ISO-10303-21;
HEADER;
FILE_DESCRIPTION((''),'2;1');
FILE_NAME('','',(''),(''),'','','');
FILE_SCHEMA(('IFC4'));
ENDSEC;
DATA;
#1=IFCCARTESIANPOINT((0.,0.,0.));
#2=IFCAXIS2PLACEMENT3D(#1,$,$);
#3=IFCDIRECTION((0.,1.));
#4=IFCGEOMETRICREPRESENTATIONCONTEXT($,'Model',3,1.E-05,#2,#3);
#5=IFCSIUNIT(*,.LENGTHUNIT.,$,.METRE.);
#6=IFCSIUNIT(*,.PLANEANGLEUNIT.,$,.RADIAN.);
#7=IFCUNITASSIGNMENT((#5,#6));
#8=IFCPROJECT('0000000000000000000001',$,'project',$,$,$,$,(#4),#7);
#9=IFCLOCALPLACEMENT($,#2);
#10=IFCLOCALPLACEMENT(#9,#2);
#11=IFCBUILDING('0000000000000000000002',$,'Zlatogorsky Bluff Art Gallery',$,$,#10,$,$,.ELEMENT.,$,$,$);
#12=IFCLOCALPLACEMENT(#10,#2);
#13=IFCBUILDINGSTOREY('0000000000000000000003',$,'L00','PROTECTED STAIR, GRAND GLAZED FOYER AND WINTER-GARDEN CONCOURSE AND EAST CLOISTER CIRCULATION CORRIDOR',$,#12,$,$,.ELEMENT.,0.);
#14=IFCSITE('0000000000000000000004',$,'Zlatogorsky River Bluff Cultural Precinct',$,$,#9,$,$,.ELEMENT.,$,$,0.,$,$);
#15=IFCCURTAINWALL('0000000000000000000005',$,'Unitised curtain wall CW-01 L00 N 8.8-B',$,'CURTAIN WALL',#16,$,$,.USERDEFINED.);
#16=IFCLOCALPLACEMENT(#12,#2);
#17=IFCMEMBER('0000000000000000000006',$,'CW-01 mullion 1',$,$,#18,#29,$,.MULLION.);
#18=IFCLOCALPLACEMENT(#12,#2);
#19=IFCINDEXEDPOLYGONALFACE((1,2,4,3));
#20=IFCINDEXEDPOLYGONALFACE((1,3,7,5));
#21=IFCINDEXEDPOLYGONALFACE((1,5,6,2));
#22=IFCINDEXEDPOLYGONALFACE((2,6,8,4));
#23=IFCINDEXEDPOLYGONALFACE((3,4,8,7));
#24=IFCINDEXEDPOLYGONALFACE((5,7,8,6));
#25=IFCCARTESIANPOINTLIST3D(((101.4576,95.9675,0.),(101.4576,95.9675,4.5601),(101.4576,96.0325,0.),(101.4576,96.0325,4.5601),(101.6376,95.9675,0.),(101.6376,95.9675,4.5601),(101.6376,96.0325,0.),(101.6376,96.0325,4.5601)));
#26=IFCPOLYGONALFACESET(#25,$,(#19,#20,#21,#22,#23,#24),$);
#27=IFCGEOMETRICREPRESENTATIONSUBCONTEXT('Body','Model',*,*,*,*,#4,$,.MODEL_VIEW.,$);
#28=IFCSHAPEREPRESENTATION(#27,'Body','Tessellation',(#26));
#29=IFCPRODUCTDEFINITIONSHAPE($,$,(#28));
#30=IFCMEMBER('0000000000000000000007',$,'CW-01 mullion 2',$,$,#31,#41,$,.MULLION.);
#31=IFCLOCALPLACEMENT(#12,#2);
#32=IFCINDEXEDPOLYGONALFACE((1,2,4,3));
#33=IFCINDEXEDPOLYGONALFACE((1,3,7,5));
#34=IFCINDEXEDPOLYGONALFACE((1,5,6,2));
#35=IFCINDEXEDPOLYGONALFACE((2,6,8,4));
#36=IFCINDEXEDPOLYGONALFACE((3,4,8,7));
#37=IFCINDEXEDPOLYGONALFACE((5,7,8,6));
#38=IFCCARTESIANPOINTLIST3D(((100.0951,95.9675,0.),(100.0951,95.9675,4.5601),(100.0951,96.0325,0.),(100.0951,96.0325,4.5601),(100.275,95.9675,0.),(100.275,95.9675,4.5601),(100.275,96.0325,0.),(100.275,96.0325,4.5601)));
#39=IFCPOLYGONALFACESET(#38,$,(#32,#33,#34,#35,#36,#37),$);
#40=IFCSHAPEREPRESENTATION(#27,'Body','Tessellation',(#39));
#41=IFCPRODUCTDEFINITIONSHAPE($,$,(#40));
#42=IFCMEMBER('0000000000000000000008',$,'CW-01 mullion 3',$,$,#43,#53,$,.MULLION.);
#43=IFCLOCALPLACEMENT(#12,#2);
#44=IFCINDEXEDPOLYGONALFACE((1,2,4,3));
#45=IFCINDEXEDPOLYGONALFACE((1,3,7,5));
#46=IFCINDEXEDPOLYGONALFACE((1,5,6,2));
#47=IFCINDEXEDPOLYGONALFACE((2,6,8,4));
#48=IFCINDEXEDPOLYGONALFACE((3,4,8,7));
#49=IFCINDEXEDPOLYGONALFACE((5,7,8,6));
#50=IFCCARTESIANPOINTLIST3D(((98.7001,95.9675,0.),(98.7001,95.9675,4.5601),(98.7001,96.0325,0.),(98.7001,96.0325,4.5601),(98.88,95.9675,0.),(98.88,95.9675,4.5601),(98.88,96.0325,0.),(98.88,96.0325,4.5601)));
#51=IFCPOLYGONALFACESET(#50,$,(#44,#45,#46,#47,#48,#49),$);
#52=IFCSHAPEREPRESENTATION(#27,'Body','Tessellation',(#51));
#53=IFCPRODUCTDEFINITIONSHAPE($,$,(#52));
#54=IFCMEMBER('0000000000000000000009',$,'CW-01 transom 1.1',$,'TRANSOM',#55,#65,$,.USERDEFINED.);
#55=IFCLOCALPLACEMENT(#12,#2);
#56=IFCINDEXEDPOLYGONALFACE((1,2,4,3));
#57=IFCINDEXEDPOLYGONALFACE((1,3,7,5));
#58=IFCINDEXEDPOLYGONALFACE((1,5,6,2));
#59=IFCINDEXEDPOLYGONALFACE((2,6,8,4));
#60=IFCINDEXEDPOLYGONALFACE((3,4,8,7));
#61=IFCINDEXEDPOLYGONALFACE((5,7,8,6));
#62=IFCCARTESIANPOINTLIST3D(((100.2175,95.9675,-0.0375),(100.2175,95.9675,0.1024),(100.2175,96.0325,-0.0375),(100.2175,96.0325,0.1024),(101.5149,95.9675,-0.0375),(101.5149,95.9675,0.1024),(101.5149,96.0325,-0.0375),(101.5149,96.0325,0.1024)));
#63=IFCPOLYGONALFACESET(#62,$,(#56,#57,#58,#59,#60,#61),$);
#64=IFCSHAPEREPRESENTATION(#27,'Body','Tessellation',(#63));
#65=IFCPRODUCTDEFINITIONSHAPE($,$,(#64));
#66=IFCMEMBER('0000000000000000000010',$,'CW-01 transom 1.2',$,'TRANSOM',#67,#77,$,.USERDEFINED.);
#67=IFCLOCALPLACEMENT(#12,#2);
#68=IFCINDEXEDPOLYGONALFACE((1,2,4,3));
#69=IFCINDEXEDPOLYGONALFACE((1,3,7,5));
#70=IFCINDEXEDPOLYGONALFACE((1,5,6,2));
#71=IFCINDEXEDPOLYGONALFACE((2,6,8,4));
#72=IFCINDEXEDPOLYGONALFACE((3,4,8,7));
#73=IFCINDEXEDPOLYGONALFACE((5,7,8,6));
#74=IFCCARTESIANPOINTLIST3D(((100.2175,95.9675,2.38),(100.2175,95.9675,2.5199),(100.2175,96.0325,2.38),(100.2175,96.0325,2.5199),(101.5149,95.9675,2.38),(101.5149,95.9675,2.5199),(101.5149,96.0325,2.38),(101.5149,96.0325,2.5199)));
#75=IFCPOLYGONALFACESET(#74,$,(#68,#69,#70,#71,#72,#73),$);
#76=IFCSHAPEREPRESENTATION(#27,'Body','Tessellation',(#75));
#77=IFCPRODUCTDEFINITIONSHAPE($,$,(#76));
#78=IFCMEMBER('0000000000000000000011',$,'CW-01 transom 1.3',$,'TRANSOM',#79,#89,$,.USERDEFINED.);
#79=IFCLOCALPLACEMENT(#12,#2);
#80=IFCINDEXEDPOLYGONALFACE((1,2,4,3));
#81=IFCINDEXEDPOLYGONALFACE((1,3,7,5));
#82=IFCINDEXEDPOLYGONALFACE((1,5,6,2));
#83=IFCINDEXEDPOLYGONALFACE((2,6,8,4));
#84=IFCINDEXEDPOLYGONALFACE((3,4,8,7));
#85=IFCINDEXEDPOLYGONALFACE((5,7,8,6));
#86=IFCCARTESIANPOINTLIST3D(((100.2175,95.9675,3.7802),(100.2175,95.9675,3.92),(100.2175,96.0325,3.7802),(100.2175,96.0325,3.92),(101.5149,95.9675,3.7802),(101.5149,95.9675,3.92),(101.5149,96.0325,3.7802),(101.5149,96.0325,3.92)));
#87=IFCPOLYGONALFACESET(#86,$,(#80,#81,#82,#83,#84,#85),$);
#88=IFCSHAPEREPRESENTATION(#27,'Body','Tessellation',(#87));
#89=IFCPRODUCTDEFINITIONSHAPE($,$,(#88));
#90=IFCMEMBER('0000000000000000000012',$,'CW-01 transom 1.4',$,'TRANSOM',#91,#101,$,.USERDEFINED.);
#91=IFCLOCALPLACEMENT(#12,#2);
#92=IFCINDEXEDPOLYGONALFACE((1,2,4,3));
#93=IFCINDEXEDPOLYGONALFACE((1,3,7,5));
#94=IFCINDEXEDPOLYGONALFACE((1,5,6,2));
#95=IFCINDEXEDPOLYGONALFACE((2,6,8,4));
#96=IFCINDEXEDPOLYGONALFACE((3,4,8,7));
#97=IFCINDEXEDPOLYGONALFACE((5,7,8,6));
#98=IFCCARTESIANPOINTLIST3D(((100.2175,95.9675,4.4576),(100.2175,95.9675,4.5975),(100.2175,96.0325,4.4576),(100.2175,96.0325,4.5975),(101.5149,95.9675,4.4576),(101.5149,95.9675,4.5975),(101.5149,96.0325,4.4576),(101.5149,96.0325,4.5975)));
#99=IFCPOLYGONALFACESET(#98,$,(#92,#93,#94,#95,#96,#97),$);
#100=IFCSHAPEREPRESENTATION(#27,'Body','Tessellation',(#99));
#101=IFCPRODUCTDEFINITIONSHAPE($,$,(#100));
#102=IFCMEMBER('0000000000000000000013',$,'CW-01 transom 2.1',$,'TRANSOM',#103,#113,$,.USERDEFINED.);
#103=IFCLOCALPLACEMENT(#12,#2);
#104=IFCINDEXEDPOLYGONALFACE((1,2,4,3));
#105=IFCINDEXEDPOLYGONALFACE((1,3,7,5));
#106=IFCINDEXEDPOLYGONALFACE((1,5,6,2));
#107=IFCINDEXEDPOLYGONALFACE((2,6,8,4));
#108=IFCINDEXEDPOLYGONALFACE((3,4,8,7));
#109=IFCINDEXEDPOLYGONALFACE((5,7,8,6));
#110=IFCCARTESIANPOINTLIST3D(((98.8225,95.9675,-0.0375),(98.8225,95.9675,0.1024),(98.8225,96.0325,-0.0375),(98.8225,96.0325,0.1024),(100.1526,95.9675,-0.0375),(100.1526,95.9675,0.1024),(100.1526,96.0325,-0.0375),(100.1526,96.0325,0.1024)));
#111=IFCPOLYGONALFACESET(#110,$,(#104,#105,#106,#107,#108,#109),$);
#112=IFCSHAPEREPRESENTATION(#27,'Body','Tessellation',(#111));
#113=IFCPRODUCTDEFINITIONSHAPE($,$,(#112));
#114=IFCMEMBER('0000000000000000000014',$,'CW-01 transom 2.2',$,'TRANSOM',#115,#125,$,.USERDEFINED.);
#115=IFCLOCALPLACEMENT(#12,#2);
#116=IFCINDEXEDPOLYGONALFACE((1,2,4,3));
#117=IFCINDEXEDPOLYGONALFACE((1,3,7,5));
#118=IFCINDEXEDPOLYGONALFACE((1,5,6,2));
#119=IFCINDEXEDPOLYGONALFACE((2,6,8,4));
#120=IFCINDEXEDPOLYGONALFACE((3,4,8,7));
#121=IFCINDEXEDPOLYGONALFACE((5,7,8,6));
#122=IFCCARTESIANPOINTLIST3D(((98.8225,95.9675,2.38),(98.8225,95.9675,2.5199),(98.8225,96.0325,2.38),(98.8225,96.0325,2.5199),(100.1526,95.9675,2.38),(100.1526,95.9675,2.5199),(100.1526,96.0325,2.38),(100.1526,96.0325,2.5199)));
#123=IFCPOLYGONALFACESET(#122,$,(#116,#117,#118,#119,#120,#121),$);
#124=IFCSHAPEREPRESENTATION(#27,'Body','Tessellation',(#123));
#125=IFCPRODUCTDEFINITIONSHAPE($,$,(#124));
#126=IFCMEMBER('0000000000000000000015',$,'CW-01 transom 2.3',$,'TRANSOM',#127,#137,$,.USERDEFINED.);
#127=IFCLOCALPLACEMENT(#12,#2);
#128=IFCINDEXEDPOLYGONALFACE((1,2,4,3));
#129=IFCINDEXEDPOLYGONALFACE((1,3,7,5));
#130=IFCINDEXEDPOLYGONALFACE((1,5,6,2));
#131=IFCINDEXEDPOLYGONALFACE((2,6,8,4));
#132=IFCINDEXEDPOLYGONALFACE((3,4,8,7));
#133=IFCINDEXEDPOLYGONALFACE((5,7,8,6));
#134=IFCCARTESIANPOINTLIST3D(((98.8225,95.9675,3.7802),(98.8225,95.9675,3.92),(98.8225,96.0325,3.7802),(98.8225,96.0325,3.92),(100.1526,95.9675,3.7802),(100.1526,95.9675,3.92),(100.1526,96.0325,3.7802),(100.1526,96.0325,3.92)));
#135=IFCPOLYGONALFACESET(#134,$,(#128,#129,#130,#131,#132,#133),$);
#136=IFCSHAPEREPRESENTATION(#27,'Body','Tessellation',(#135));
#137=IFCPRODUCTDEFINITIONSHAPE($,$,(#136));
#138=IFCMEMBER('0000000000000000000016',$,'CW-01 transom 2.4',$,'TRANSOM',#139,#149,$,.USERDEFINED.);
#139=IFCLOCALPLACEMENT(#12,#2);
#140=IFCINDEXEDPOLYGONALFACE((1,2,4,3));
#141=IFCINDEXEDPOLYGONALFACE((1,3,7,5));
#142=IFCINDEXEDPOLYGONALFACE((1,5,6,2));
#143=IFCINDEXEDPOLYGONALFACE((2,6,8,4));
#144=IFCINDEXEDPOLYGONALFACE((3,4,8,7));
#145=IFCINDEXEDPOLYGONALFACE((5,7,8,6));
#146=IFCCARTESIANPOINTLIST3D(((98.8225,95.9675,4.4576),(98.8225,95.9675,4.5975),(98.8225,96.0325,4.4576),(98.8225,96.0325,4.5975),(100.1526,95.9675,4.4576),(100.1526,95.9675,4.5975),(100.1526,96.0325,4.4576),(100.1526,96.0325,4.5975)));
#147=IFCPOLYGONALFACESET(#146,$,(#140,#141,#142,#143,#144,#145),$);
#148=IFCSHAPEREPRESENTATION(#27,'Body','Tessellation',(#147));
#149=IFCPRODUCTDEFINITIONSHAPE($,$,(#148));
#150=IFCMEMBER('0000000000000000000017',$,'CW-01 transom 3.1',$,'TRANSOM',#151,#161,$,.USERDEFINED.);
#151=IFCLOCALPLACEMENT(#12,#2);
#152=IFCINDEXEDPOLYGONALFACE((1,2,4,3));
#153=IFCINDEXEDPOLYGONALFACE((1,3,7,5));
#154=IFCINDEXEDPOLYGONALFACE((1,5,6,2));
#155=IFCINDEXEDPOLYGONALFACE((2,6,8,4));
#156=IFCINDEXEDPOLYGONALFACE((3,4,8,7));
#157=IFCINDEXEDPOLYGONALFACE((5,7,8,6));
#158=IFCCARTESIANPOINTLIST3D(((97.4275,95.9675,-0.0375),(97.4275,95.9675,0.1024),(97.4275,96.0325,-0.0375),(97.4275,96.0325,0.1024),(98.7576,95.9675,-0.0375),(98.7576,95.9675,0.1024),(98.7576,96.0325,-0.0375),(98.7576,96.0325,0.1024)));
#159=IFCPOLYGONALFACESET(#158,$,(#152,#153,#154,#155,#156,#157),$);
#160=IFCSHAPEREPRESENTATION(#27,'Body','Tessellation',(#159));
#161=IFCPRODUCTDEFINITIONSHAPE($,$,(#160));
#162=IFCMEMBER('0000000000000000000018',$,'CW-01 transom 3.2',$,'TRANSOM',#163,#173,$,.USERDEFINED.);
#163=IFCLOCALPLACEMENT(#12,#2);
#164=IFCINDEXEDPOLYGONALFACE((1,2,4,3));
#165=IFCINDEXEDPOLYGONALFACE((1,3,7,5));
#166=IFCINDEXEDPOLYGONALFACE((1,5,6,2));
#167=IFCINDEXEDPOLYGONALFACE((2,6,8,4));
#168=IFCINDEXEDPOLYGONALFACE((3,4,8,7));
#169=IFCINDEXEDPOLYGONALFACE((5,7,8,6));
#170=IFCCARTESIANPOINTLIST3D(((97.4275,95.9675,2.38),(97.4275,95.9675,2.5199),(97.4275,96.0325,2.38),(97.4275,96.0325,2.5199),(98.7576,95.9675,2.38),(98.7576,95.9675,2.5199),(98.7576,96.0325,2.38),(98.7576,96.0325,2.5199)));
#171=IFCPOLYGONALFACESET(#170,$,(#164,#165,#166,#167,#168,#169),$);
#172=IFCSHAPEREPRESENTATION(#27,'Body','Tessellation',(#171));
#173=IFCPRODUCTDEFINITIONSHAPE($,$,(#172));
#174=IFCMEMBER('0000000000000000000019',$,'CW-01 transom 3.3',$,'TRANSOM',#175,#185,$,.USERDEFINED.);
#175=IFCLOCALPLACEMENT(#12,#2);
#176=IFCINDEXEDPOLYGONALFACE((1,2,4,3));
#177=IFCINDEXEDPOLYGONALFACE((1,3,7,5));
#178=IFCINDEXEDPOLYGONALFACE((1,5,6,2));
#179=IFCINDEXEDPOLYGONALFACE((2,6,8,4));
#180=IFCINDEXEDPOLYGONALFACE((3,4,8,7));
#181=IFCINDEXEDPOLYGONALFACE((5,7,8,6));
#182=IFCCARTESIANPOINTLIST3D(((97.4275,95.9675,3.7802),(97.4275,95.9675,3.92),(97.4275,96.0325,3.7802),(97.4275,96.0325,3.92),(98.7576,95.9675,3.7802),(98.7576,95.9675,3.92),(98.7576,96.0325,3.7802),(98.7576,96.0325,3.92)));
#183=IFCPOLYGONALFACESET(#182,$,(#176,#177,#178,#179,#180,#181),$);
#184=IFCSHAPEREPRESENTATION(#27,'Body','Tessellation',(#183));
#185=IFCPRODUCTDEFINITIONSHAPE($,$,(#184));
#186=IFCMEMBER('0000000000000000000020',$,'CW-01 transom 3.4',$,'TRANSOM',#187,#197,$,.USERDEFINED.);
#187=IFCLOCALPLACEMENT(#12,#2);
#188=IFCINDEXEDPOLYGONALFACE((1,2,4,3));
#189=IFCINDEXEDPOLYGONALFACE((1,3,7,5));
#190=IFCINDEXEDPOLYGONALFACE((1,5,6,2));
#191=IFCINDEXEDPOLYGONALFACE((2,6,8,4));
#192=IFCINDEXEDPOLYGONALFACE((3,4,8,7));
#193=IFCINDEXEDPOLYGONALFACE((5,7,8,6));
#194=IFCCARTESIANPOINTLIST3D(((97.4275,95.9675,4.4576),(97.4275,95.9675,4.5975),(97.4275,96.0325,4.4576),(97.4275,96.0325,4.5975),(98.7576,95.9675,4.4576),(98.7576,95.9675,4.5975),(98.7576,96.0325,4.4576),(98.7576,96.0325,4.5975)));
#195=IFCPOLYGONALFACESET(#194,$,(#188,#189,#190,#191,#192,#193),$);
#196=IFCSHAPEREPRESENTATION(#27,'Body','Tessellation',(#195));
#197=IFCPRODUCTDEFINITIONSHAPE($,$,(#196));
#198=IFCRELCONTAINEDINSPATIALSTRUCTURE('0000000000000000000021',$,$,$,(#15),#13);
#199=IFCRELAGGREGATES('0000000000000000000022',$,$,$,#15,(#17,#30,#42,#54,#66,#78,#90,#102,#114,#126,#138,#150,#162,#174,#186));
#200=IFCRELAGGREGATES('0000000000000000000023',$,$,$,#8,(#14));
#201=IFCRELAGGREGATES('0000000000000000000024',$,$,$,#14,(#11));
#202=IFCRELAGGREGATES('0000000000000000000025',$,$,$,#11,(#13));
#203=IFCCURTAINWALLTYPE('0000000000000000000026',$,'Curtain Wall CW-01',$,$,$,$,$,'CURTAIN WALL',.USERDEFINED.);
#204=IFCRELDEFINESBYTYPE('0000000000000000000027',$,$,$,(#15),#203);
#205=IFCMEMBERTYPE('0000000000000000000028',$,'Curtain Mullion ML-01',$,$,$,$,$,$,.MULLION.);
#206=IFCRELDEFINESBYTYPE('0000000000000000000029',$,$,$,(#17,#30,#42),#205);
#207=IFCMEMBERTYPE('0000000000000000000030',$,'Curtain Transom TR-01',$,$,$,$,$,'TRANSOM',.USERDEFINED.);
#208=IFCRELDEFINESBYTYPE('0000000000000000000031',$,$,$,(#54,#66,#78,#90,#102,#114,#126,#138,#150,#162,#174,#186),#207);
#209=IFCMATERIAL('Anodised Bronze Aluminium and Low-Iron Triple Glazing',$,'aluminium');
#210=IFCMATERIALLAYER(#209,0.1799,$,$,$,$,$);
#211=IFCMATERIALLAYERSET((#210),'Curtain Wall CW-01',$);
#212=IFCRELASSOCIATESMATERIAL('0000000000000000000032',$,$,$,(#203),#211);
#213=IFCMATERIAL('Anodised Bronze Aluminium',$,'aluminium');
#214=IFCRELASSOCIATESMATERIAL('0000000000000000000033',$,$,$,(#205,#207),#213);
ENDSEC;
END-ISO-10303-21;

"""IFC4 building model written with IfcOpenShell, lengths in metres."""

from ifc_helpers import new_model, si_unit, direction, frame, origin, origin_2d, place, context, subcontext, project, spatial, rectangle, extrude, material, layer, layer_set, material_profile, profile_set, type_object, element, aggregate, save


model = new_model("IFC4")

# Units and contexts
model_context = context("Model", 3, precision=1e-05, world=origin(), true_north=direction((0.0, 1.0)))
body_context = subcontext(model_context, "Body", "Model", "MODEL_VIEW")
ifc_project = project(units=[si_unit("LENGTHUNIT", "METRE"), si_unit("PLANEANGLEUNIT", "RADIAN")], contexts=[model_context])

# Site, building, storey
site_placement = place(None, origin())
site = spatial("IfcSite", under=ifc_project, at=site_placement, Name="Zlatogorsky River Bluff Cultural Precinct", CompositionType="ELEMENT", RefElevation=0.0)
building_placement = place(site_placement, origin())
building = spatial("IfcBuilding", under=site, at=building_placement, Name="Zlatogorsky Bluff Art Gallery", CompositionType="ELEMENT")
storey_placement = place(building_placement, origin())
storey = spatial("IfcBuildingStorey", under=building, at=storey_placement, Name="L00", Description="PROTECTED STAIR, GRAND GLAZED FOYER AND WINTER-GARDEN CONCOURSE AND EAST CLOISTER CIRCULATION CORRIDOR", CompositionType="ELEMENT", Elevation=0.0)

# Curtain wall, members
ifc_material_1 = material(Name="Anodised Bronze Aluminium and Low-Iron Triple Glazing", Category="aluminium")
ifc_layer_1 = layer(ifc_material_1, 0.1799)
ifc_layer_set_1 = layer_set([ifc_layer_1], Name="Curtain Wall CW-01")
curtain_wall_type = type_object("IfcCurtainWallType", Name="Curtain Wall CW-01", ElementType="CURTAIN WALL", PredefinedType="USERDEFINED", material=ifc_layer_set_1)
curtain_wall_placement = place(storey_placement, origin())
curtain_wall = element("IfcCurtainWall", 1, at=curtain_wall_placement, inside=storey, type_object=curtain_wall_type, Name="Unitised curtain wall CW-01 L00 N 8.8-B", ObjectType="CURTAIN WALL", PredefinedType="USERDEFINED")
ifc_material_2 = material(Name="Anodised Bronze Aluminium", Category="aluminium")
ifc_material_profile_1 = material_profile(ifc_material_2, rectangle(XDim=0.0649, YDim=0.1799, at=origin_2d()), Name="ALU MULLION 65x180")
ifc_profile_set_1 = profile_set([ifc_material_profile_1], Name="Anodised Bronze Aluminium")
member_type_1 = type_object("IfcMemberType", Name="Curtain Mullion ML-01", PredefinedType="MULLION", material=ifc_profile_set_1)
member_1_placement = place(storey_placement, frame((101.5476, 96.0, 0.0), z_axis=(0.0, 0.0, 1.0), x_axis=(0.0, -1.0, 0.0)))
member_1 = element("IfcMember", 2, at=member_1_placement, type_object=member_type_1, Name="CW-01 mullion 1", PredefinedType="MULLION", context=body_context, shape_type="SweptSolid", body=[
    extrude(rectangle(XDim=0.0649, YDim=0.1799, at=origin_2d()), origin(), (0.0, 0.0, 1.0), 4.5601),
])
member_2_placement = place(storey_placement, frame((100.1851, 96.0, 0.0), z_axis=(0.0, 0.0, 1.0), x_axis=(0.0, -1.0, 0.0)))
member_2 = element("IfcMember", 3, at=member_2_placement, type_object=member_type_1, Name="CW-01 mullion 2", PredefinedType="MULLION", context=body_context, shape_type="SweptSolid", body=[
    extrude(rectangle(XDim=0.0649, YDim=0.1799, at=origin_2d()), origin(), (0.0, 0.0, 1.0), 4.5601),
])
member_3_placement = place(storey_placement, frame((98.79, 96.0, 0.0), z_axis=(0.0, 0.0, 1.0), x_axis=(0.0, -1.0, 0.0)))
member_3 = element("IfcMember", 4, at=member_3_placement, type_object=member_type_1, Name="CW-01 mullion 3", PredefinedType="MULLION", context=body_context, shape_type="SweptSolid", body=[
    extrude(rectangle(XDim=0.0649, YDim=0.1799, at=origin_2d()), origin(), (0.0, 0.0, 1.0), 4.5601),
])
ifc_material_profile_2 = material_profile(ifc_material_2, rectangle(XDim=0.0649, YDim=0.1399, at=origin_2d()), Name="ALU TRANSOM 65x140")
ifc_profile_set_2 = profile_set([ifc_material_profile_2], Name="Anodised Bronze Aluminium")
member_type_2 = type_object("IfcMemberType", Name="Curtain Transom TR-01", ElementType="TRANSOM", PredefinedType="USERDEFINED", material=ifc_profile_set_2)
member_4_placement = place(storey_placement, frame((101.5149, 96.0, 0.0325), z_axis=(-1.0, 0.0, 0.0), x_axis=(0.0, -1.0, 0.0)))
member_4 = element("IfcMember", 5, at=member_4_placement, type_object=member_type_2, Name="CW-01 transom 1.1", ObjectType="TRANSOM", PredefinedType="USERDEFINED", context=body_context, shape_type="SweptSolid", body=[
    extrude(rectangle(XDim=0.0649, YDim=0.1399, at=origin_2d()), origin(), (0.0, 0.0, 1.0), 1.2974),
])
member_5_placement = place(storey_placement, frame((101.5149, 96.0, 2.45), z_axis=(-1.0, 0.0, 0.0), x_axis=(0.0, -1.0, 0.0)))
member_5 = element("IfcMember", 6, at=member_5_placement, type_object=member_type_2, Name="CW-01 transom 1.2", ObjectType="TRANSOM", PredefinedType="USERDEFINED", context=body_context, shape_type="SweptSolid", body=[
    extrude(rectangle(XDim=0.0649, YDim=0.1399, at=origin_2d()), origin(), (0.0, 0.0, 1.0), 1.2974),
])
member_6_placement = place(storey_placement, frame((101.5149, 96.0, 3.8501), z_axis=(-1.0, 0.0, 0.0), x_axis=(0.0, -1.0, 0.0)))
member_6 = element("IfcMember", 7, at=member_6_placement, type_object=member_type_2, Name="CW-01 transom 1.3", ObjectType="TRANSOM", PredefinedType="USERDEFINED", context=body_context, shape_type="SweptSolid", body=[
    extrude(rectangle(XDim=0.0649, YDim=0.1399, at=origin_2d()), origin(), (0.0, 0.0, 1.0), 1.2974),
])
member_7_placement = place(storey_placement, frame((101.5149, 96.0, 4.5276), z_axis=(-1.0, 0.0, 0.0), x_axis=(0.0, -1.0, 0.0)))
member_7 = element("IfcMember", 8, at=member_7_placement, type_object=member_type_2, Name="CW-01 transom 1.4", ObjectType="TRANSOM", PredefinedType="USERDEFINED", context=body_context, shape_type="SweptSolid", body=[
    extrude(rectangle(XDim=0.0649, YDim=0.1399, at=origin_2d()), origin(), (0.0, 0.0, 1.0), 1.2974),
])
member_8_placement = place(storey_placement, frame((100.1526, 96.0, 0.0325), z_axis=(-1.0, 0.0, 0.0), x_axis=(0.0, -1.0, 0.0)))
member_8 = element("IfcMember", 9, at=member_8_placement, type_object=member_type_2, Name="CW-01 transom 2.1", ObjectType="TRANSOM", PredefinedType="USERDEFINED", context=body_context, shape_type="SweptSolid", body=[
    extrude(rectangle(XDim=0.0649, YDim=0.1399, at=origin_2d()), origin(), (0.0, 0.0, 1.0), 1.3301),
])
member_9_placement = place(storey_placement, frame((100.1526, 96.0, 2.45), z_axis=(-1.0, 0.0, 0.0), x_axis=(0.0, -1.0, 0.0)))
member_9 = element("IfcMember", 10, at=member_9_placement, type_object=member_type_2, Name="CW-01 transom 2.2", ObjectType="TRANSOM", PredefinedType="USERDEFINED", context=body_context, shape_type="SweptSolid", body=[
    extrude(rectangle(XDim=0.0649, YDim=0.1399, at=origin_2d()), origin(), (0.0, 0.0, 1.0), 1.3301),
])
member_10_placement = place(storey_placement, frame((100.1526, 96.0, 3.8501), z_axis=(-1.0, 0.0, 0.0), x_axis=(0.0, -1.0, 0.0)))
member_10 = element("IfcMember", 11, at=member_10_placement, type_object=member_type_2, Name="CW-01 transom 2.3", ObjectType="TRANSOM", PredefinedType="USERDEFINED", context=body_context, shape_type="SweptSolid", body=[
    extrude(rectangle(XDim=0.0649, YDim=0.1399, at=origin_2d()), origin(), (0.0, 0.0, 1.0), 1.3301),
])
member_11_placement = place(storey_placement, frame((100.1526, 96.0, 4.5276), z_axis=(-1.0, 0.0, 0.0), x_axis=(0.0, -1.0, 0.0)))
member_11 = element("IfcMember", 12, at=member_11_placement, type_object=member_type_2, Name="CW-01 transom 2.4", ObjectType="TRANSOM", PredefinedType="USERDEFINED", context=body_context, shape_type="SweptSolid", body=[
    extrude(rectangle(XDim=0.0649, YDim=0.1399, at=origin_2d()), origin(), (0.0, 0.0, 1.0), 1.3301),
])
member_12_placement = place(storey_placement, frame((98.7576, 96.0, 0.0325), z_axis=(-1.0, 0.0, 0.0), x_axis=(0.0, -1.0, 0.0)))
member_12 = element("IfcMember", 13, at=member_12_placement, type_object=member_type_2, Name="CW-01 transom 3.1", ObjectType="TRANSOM", PredefinedType="USERDEFINED", context=body_context, shape_type="SweptSolid", body=[
    extrude(rectangle(XDim=0.0649, YDim=0.1399, at=origin_2d()), origin(), (0.0, 0.0, 1.0), 1.3301),
])
member_13_placement = place(storey_placement, frame((98.7576, 96.0, 2.45), z_axis=(-1.0, 0.0, 0.0), x_axis=(0.0, -1.0, 0.0)))
member_13 = element("IfcMember", 14, at=member_13_placement, type_object=member_type_2, Name="CW-01 transom 3.2", ObjectType="TRANSOM", PredefinedType="USERDEFINED", context=body_context, shape_type="SweptSolid", body=[
    extrude(rectangle(XDim=0.0649, YDim=0.1399, at=origin_2d()), origin(), (0.0, 0.0, 1.0), 1.3301),
])
member_14_placement = place(storey_placement, frame((98.7576, 96.0, 3.8501), z_axis=(-1.0, 0.0, 0.0), x_axis=(0.0, -1.0, 0.0)))
member_14 = element("IfcMember", 15, at=member_14_placement, type_object=member_type_2, Name="CW-01 transom 3.3", ObjectType="TRANSOM", PredefinedType="USERDEFINED", context=body_context, shape_type="SweptSolid", body=[
    extrude(rectangle(XDim=0.0649, YDim=0.1399, at=origin_2d()), origin(), (0.0, 0.0, 1.0), 1.3301),
])
member_15_placement = place(storey_placement, frame((98.7576, 96.0, 4.5276), z_axis=(-1.0, 0.0, 0.0), x_axis=(0.0, -1.0, 0.0)))
member_15 = element("IfcMember", 16, at=member_15_placement, type_object=member_type_2, Name="CW-01 transom 3.4", ObjectType="TRANSOM", PredefinedType="USERDEFINED", context=body_context, shape_type="SweptSolid", body=[
    extrude(rectangle(XDim=0.0649, YDim=0.1399, at=origin_2d()), origin(), (0.0, 0.0, 1.0), 1.3301),
])
aggregate(curtain_wall, [member_1, member_2, member_3, member_4, member_5, member_6, member_7, member_8, member_9, member_10, member_11, member_12, member_13, member_14, member_15])

save(model, "model.ifc")
